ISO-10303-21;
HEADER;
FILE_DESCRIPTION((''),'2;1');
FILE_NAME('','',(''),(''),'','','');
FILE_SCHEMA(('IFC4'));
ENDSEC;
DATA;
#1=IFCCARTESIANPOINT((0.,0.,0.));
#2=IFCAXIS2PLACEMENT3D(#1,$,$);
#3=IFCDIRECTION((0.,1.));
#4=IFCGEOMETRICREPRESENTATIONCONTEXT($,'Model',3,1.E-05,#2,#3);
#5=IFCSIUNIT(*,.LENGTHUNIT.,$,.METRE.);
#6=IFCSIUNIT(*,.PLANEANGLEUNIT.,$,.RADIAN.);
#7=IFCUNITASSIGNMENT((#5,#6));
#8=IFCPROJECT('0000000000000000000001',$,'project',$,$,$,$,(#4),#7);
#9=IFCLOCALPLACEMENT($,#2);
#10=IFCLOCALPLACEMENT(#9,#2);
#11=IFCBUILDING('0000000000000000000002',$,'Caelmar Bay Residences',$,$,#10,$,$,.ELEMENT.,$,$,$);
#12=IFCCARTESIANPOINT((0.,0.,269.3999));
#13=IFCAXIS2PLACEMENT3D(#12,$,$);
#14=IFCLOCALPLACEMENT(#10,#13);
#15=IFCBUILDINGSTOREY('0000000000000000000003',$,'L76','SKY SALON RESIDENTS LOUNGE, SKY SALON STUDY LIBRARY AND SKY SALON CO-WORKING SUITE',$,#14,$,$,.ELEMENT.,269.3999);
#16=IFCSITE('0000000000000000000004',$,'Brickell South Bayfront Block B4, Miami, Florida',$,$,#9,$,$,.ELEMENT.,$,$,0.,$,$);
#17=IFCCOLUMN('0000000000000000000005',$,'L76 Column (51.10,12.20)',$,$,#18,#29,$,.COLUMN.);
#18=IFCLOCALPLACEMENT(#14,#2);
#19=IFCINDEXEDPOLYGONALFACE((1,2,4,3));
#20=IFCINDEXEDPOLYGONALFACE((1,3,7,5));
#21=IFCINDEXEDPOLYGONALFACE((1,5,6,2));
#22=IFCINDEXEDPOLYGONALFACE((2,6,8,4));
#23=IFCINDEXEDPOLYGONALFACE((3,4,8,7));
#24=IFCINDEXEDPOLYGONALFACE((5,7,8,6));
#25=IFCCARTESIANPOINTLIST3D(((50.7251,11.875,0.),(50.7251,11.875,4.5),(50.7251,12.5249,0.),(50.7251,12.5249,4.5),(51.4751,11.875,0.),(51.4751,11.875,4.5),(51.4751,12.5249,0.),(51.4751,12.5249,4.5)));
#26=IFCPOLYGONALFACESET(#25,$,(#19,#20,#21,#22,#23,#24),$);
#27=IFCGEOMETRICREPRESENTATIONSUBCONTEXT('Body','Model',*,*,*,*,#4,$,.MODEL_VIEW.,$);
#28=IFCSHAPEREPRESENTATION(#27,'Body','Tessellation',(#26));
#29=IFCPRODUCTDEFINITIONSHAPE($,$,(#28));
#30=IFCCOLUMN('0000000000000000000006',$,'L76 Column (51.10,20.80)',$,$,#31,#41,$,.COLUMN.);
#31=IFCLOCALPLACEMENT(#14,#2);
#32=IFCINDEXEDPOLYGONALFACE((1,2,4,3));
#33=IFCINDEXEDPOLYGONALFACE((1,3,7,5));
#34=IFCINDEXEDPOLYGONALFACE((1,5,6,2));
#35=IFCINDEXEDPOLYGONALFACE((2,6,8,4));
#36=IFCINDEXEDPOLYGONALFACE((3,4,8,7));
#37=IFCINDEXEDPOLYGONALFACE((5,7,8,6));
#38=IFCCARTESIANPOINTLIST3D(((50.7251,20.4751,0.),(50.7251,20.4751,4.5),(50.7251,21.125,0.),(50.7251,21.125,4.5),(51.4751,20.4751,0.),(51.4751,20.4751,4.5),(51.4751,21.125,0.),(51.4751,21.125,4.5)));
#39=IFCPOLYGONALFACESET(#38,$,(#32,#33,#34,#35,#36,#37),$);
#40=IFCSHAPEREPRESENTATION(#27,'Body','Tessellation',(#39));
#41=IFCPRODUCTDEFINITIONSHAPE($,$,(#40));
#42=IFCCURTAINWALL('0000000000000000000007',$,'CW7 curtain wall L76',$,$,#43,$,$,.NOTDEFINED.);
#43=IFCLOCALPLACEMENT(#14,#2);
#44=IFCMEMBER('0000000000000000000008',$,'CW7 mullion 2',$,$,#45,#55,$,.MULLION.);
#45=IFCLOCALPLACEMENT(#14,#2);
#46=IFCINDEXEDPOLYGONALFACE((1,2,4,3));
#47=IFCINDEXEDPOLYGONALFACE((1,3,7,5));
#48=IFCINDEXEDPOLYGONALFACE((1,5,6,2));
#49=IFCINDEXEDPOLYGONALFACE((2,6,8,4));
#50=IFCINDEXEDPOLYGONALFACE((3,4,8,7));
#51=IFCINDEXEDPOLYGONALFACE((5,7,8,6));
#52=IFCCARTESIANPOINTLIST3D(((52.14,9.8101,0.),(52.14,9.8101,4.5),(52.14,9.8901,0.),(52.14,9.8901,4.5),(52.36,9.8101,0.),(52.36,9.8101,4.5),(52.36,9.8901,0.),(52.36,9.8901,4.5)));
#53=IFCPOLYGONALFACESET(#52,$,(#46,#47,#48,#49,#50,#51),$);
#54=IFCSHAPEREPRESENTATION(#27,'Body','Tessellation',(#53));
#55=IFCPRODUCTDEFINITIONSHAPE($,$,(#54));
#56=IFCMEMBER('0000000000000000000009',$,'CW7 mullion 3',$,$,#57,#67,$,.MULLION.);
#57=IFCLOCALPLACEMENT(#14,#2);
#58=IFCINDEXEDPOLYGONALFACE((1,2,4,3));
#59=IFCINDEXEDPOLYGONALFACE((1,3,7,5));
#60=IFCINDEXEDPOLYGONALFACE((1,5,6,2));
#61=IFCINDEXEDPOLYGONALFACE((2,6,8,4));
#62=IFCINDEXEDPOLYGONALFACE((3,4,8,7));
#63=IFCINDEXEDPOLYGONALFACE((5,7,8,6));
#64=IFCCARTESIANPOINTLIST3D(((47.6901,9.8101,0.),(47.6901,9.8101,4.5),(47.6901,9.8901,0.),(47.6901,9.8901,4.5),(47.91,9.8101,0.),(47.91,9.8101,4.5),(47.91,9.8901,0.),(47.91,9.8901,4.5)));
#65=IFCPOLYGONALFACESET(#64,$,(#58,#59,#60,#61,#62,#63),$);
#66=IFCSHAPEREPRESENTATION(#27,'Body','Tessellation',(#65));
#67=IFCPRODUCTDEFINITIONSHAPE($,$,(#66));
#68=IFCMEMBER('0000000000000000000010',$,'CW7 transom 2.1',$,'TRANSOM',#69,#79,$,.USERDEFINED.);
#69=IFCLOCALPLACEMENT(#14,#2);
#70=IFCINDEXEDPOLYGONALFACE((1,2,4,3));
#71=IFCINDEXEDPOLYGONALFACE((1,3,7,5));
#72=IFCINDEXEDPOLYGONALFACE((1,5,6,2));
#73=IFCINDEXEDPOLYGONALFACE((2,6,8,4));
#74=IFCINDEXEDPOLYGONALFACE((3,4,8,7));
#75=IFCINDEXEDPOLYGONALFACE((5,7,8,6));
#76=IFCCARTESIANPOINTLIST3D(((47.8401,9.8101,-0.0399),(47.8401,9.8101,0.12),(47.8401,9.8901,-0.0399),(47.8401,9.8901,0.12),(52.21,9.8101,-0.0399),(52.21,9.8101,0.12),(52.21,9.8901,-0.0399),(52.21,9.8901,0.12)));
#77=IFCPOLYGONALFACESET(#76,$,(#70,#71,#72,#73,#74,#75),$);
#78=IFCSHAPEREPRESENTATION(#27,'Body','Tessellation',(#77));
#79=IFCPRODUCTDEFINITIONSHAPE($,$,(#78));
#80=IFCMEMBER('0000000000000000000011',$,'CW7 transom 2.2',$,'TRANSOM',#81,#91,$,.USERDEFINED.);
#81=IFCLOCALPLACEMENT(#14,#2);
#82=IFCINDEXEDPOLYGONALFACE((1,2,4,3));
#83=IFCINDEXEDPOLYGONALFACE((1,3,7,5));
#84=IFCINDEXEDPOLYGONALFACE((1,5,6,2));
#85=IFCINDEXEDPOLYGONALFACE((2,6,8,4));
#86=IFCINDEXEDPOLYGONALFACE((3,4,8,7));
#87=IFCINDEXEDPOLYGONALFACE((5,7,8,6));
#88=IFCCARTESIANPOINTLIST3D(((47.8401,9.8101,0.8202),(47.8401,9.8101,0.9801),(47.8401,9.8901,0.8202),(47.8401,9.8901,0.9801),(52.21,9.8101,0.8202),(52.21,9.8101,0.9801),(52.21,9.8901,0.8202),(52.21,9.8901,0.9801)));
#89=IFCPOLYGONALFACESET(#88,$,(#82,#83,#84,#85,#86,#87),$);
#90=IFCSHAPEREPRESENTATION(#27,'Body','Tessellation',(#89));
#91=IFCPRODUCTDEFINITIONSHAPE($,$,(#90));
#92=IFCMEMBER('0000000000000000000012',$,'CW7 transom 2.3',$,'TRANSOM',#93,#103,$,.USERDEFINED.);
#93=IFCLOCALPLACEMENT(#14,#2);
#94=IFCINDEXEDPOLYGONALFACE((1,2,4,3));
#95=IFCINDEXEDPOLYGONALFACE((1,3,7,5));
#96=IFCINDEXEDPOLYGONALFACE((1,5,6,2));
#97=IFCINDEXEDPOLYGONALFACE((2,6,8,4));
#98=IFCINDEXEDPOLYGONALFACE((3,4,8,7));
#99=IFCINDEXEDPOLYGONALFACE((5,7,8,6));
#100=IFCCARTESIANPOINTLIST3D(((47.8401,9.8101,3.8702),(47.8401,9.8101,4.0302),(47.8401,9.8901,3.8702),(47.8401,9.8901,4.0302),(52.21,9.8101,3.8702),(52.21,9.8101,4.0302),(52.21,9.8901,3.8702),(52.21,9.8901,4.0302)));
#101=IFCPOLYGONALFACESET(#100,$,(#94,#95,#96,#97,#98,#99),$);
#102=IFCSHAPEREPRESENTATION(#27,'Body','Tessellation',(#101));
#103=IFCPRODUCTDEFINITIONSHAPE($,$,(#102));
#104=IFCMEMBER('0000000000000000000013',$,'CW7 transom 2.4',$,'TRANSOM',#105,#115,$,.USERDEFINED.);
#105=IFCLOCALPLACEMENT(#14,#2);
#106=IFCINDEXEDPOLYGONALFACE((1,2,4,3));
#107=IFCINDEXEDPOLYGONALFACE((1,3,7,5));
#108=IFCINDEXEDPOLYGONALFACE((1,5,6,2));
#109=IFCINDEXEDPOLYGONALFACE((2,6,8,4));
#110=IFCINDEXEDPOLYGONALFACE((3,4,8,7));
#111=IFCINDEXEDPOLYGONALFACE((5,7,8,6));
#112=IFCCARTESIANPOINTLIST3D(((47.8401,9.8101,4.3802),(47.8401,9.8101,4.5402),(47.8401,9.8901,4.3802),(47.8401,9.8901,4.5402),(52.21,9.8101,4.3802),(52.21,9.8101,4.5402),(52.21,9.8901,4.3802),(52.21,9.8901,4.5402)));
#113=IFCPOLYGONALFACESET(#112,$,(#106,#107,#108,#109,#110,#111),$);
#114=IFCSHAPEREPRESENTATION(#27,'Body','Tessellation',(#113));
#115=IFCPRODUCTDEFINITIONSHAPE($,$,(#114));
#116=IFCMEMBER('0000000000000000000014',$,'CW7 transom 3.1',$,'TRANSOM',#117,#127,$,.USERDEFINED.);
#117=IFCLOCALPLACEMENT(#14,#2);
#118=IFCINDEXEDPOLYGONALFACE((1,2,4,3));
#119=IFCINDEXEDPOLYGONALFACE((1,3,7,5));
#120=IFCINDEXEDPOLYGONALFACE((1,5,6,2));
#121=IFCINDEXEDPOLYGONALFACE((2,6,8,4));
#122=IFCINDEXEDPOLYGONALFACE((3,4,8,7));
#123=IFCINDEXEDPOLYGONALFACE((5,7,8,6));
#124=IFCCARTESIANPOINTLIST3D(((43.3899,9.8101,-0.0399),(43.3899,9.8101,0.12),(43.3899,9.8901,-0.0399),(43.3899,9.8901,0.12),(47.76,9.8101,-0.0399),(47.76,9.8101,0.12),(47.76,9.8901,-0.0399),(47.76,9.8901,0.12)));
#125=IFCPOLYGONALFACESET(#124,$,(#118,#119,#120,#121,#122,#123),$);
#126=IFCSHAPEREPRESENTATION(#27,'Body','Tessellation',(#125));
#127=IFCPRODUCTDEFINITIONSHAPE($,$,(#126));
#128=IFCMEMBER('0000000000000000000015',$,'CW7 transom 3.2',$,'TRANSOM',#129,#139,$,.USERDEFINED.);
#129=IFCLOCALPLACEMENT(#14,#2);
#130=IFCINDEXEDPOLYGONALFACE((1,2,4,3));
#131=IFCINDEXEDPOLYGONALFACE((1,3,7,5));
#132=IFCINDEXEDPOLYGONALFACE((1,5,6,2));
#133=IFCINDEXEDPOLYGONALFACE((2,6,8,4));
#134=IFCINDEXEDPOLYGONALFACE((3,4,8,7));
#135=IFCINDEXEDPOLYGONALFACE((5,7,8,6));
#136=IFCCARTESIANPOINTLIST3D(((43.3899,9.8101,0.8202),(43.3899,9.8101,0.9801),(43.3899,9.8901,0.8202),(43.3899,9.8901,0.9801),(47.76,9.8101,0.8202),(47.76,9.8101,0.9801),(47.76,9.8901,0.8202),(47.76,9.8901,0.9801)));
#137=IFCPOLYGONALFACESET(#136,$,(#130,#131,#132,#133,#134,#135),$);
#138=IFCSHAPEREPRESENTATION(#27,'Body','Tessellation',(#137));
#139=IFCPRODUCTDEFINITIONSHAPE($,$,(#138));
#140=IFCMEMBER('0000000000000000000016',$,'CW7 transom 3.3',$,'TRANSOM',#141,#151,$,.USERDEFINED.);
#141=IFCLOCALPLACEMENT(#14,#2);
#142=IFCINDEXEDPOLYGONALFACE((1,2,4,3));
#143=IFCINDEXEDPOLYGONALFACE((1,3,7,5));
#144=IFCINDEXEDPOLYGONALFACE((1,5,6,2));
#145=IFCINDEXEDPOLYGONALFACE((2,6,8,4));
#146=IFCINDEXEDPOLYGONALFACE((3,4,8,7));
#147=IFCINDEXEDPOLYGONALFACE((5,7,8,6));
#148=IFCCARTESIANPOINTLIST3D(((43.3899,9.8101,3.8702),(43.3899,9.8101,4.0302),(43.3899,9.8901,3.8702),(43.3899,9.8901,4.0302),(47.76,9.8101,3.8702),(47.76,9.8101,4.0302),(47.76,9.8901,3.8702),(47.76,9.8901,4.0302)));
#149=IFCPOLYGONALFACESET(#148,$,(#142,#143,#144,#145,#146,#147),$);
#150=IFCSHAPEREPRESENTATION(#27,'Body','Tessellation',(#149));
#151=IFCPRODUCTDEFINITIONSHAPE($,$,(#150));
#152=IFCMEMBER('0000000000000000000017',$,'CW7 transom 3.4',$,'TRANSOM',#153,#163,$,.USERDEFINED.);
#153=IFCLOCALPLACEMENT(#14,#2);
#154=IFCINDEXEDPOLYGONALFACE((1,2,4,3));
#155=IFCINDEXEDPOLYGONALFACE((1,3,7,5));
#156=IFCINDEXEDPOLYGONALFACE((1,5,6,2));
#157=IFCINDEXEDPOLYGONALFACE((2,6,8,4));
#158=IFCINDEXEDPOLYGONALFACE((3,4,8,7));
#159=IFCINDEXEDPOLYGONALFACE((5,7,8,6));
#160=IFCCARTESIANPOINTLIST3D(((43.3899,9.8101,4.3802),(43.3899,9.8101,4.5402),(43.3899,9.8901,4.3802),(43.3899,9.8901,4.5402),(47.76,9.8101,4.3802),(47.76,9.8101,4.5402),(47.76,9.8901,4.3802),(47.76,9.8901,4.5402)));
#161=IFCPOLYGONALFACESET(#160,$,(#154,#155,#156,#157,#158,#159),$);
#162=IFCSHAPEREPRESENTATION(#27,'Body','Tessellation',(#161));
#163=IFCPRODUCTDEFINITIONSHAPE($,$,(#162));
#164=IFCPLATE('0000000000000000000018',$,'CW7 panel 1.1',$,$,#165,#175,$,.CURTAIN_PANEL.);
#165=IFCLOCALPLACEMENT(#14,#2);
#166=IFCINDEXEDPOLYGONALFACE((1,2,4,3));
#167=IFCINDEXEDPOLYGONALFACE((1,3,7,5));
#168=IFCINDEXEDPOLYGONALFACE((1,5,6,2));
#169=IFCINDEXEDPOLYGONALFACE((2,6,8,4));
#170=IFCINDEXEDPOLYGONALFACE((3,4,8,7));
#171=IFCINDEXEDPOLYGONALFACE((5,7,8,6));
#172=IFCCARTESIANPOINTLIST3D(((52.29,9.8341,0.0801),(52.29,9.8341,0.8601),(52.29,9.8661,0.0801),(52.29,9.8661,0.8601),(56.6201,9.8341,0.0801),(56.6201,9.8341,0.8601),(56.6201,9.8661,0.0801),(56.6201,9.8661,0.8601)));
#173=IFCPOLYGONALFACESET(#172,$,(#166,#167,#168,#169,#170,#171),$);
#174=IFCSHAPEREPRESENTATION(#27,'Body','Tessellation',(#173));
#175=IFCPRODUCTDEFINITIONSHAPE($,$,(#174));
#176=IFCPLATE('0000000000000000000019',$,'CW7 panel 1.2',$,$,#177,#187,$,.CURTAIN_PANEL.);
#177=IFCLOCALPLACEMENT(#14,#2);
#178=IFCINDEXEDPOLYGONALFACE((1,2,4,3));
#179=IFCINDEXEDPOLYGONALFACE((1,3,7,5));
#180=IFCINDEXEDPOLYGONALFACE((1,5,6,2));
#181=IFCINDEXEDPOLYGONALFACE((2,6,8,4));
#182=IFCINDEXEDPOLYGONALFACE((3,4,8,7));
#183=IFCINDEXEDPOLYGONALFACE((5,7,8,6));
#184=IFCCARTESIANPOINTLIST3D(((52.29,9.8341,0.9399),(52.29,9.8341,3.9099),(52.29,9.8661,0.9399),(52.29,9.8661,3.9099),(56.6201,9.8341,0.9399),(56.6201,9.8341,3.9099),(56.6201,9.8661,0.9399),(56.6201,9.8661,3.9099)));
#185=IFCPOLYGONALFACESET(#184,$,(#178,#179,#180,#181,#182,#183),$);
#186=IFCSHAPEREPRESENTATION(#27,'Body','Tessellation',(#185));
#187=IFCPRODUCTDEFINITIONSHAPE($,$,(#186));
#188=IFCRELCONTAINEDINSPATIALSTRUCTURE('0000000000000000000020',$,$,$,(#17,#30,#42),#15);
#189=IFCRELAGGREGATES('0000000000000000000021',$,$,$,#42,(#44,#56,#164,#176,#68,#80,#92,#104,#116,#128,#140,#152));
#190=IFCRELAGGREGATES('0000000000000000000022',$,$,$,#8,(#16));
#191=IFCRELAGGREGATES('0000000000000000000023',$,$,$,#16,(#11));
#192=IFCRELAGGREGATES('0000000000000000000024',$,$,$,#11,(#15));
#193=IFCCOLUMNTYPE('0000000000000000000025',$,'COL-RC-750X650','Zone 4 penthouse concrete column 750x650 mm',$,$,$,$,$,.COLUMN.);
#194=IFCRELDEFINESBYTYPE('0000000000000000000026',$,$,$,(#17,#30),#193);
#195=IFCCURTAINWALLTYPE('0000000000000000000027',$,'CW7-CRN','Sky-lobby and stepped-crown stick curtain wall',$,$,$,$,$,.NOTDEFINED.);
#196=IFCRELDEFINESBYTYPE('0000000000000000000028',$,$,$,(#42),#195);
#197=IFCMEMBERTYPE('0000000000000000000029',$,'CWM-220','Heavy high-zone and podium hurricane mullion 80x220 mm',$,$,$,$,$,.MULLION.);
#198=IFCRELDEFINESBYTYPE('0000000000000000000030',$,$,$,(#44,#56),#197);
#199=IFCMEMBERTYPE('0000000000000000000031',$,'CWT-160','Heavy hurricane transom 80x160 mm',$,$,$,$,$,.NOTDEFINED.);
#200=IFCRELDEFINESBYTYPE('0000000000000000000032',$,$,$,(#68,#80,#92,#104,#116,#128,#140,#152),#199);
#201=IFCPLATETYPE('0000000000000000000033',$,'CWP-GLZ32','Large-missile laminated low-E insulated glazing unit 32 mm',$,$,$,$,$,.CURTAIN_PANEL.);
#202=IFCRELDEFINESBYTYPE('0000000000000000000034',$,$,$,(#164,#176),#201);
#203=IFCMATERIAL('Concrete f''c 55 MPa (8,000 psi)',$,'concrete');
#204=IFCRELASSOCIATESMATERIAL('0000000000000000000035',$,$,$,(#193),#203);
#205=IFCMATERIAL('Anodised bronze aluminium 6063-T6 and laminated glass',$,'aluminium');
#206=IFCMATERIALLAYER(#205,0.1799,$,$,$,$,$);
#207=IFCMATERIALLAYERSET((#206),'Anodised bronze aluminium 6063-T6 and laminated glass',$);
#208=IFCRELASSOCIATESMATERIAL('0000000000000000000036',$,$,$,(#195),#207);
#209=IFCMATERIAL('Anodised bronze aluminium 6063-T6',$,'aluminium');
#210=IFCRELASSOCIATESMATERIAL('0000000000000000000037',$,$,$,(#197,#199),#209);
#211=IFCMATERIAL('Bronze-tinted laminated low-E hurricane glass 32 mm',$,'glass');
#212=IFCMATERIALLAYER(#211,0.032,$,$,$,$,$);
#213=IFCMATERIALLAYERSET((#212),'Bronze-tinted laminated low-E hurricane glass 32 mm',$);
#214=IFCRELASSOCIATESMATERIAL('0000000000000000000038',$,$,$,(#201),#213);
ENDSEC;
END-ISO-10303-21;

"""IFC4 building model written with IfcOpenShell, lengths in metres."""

from ifc_helpers import new_model, si_unit, direction, frame, origin, origin_2d, place, context, subcontext, project, spatial, rectangle, extrude, material, layer, layer_set, material_profile, profile_set, type_object, element, aggregate, save


model = new_model("IFC4")

# Units and contexts
model_context = context("Model", 3, precision=1e-05, world=origin(), true_north=direction((0.0, 1.0)))
body_context = subcontext(model_context, "Body", "Model", "MODEL_VIEW")
ifc_project = project(units=[si_unit("LENGTHUNIT", "METRE"), si_unit("PLANEANGLEUNIT", "RADIAN")], contexts=[model_context])

# Site, building, storey
site_placement = place(None, origin())
site = spatial("IfcSite", under=ifc_project, at=site_placement, Name="Brickell South Bayfront Block B4, Miami, Florida", CompositionType="ELEMENT", RefElevation=0.0)
building_placement = place(site_placement, origin())
building = spatial("IfcBuilding", under=site, at=building_placement, Name="Caelmar Bay Residences", CompositionType="ELEMENT")
storey_placement = place(building_placement, frame((0.0, 0.0, 269.3999)))
storey = spatial("IfcBuildingStorey", under=building, at=storey_placement, Name="L76", Description="SKY SALON RESIDENTS LOUNGE, SKY SALON STUDY LIBRARY AND SKY SALON CO-WORKING SUITE", CompositionType="ELEMENT", Elevation=269.3999)

# Columns
ifc_material_1 = material(Name="Concrete f'c 55 MPa (8,000 psi)", Category="concrete")
ifc_material_profile_1 = material_profile(ifc_material_1, rectangle(XDim=0.75, YDim=0.6499, at=origin_2d()), Name="RC-COL-750X650")
ifc_profile_set_1 = profile_set([ifc_material_profile_1], Name="Concrete f'c 55 MPa (8,000 psi)")
column_type = type_object("IfcColumnType", Name="COL-RC-750X650", Description="Zone 4 penthouse concrete column 750x650 mm", PredefinedType="COLUMN", material=ifc_profile_set_1)
for number, where, z_axis, x_axis, name in (
    (1, (51.1001, 12.2, 0.0), (0.0, 0.0, 1.0), (1.0, 0.0, 0.0), "L76 Column (51.10,12.20)"),
    (2, (51.1001, 20.8, 0.0), (0.0, 0.0, 1.0), (1.0, 0.0, 0.0), "L76 Column (51.10,20.80)"),
):
    element("IfcColumn", number, at=place(storey_placement, frame(where, z_axis=z_axis, x_axis=x_axis)), inside=storey, type_object=column_type, Name=name, PredefinedType="COLUMN", context=body_context, shape_type="SweptSolid", body=[
        extrude(rectangle(XDim=0.75, YDim=0.6499, at=origin_2d()), origin(), (0.0, 0.0, 1.0), 4.5),
    ])

# Curtain wall, members, plates
ifc_material_2 = material(Name="Anodised bronze aluminium 6063-T6 and laminated glass", Category="aluminium")
ifc_layer_1 = layer(ifc_material_2, 0.1799)
ifc_layer_set_1 = layer_set([ifc_layer_1], Name="Anodised bronze aluminium 6063-T6 and laminated glass")
curtain_wall_type = type_object("IfcCurtainWallType", Name="CW7-CRN", Description="Sky-lobby and stepped-crown stick curtain wall", PredefinedType="NOTDEFINED", material=ifc_layer_set_1)
curtain_wall_placement = place(storey_placement, origin())
curtain_wall = element("IfcCurtainWall", 3, at=curtain_wall_placement, inside=storey, type_object=curtain_wall_type, Name="CW7 curtain wall L76", PredefinedType="NOTDEFINED")
ifc_material_3 = material(Name="Anodised bronze aluminium 6063-T6", Category="aluminium")
ifc_material_profile_2 = material_profile(ifc_material_3, rectangle(XDim=0.0801, YDim=0.22, at=origin_2d()), Name="CWM-80X220")
ifc_profile_set_2 = profile_set([ifc_material_profile_2], Name="Anodised bronze aluminium 6063-T6")
member_type_1 = type_object("IfcMemberType", Name="CWM-220", Description="Heavy high-zone and podium hurricane mullion 80x220 mm", PredefinedType="MULLION", material=ifc_profile_set_2)
member_1_placement = place(storey_placement, frame((52.25, 9.8501, 0.0), z_axis=(0.0, 0.0, 1.0), x_axis=(0.0, -1.0, 0.0)))
member_1 = element("IfcMember", 4, at=member_1_placement, type_object=member_type_1, Name="CW7 mullion 2", PredefinedType="MULLION", context=body_context, shape_type="SweptSolid", body=[
    extrude(rectangle(XDim=0.0801, YDim=0.22, at=origin_2d()), origin(), (0.0, 0.0, 1.0), 4.5),
])
member_2_placement = place(storey_placement, frame((47.8, 9.8501, 0.0), z_axis=(0.0, 0.0, 1.0), x_axis=(0.0, -1.0, 0.0)))
member_2 = element("IfcMember", 5, at=member_2_placement, type_object=member_type_1, Name="CW7 mullion 3", PredefinedType="MULLION", context=body_context, shape_type="SweptSolid", body=[
    extrude(rectangle(XDim=0.0801, YDim=0.22, at=origin_2d()), origin(), (0.0, 0.0, 1.0), 4.5),
])
ifc_material_profile_3 = material_profile(ifc_material_3, rectangle(XDim=0.0801, YDim=0.1599, at=origin_2d()), Name="CWT-80X160")
ifc_profile_set_3 = profile_set([ifc_material_profile_3], Name="Anodised bronze aluminium 6063-T6")
member_type_2 = type_object("IfcMemberType", Name="CWT-160", Description="Heavy hurricane transom 80x160 mm", PredefinedType="NOTDEFINED", material=ifc_profile_set_3)
member_3_placement = place(storey_placement, frame((52.21, 9.8501, 0.04), z_axis=(-1.0, 0.0, 0.0), x_axis=(0.0, -1.0, 0.0)))
member_3 = element("IfcMember", 6, at=member_3_placement, type_object=member_type_2, Name="CW7 transom 2.1", ObjectType="TRANSOM", PredefinedType="USERDEFINED", context=body_context, shape_type="SweptSolid", body=[
    extrude(rectangle(XDim=0.0801, YDim=0.1599, at=origin_2d()), origin(), (0.0, 0.0, 1.0), 4.3699),
])
member_4_placement = place(storey_placement, frame((52.21, 9.8501, 0.9001), z_axis=(-1.0, 0.0, 0.0), x_axis=(0.0, -1.0, 0.0)))
member_4 = element("IfcMember", 7, at=member_4_placement, type_object=member_type_2, Name="CW7 transom 2.2", ObjectType="TRANSOM", PredefinedType="USERDEFINED", context=body_context, shape_type="SweptSolid", body=[
    extrude(rectangle(XDim=0.0801, YDim=0.1599, at=origin_2d()), origin(), (0.0, 0.0, 1.0), 4.3699),
])
member_5_placement = place(storey_placement, frame((52.21, 9.8501, 3.9502), z_axis=(-1.0, 0.0, 0.0), x_axis=(0.0, -1.0, 0.0)))
member_5 = element("IfcMember", 8, at=member_5_placement, type_object=member_type_2, Name="CW7 transom 2.3", ObjectType="TRANSOM", PredefinedType="USERDEFINED", context=body_context, shape_type="SweptSolid", body=[
    extrude(rectangle(XDim=0.0801, YDim=0.1599, at=origin_2d()), origin(), (0.0, 0.0, 1.0), 4.3699),
])
member_6_placement = place(storey_placement, frame((52.21, 9.8501, 4.4602), z_axis=(-1.0, 0.0, 0.0), x_axis=(0.0, -1.0, 0.0)))
member_6 = element("IfcMember", 9, at=member_6_placement, type_object=member_type_2, Name="CW7 transom 2.4", ObjectType="TRANSOM", PredefinedType="USERDEFINED", context=body_context, shape_type="SweptSolid", body=[
    extrude(rectangle(XDim=0.0801, YDim=0.1599, at=origin_2d()), origin(), (0.0, 0.0, 1.0), 4.3699),
])
member_7_placement = place(storey_placement, frame((47.76, 9.8501, 0.04), z_axis=(-1.0, 0.0, 0.0), x_axis=(0.0, -1.0, 0.0)))
member_7 = element("IfcMember", 10, at=member_7_placement, type_object=member_type_2, Name="CW7 transom 3.1", ObjectType="TRANSOM", PredefinedType="USERDEFINED", context=body_context, shape_type="SweptSolid", body=[
    extrude(rectangle(XDim=0.0801, YDim=0.1599, at=origin_2d()), origin(), (0.0, 0.0, 1.0), 4.3701),
])
member_8_placement = place(storey_placement, frame((47.76, 9.8501, 0.9001), z_axis=(-1.0, 0.0, 0.0), x_axis=(0.0, -1.0, 0.0)))
member_8 = element("IfcMember", 11, at=member_8_placement, type_object=member_type_2, Name="CW7 transom 3.2", ObjectType="TRANSOM", PredefinedType="USERDEFINED", context=body_context, shape_type="SweptSolid", body=[
    extrude(rectangle(XDim=0.0801, YDim=0.1599, at=origin_2d()), origin(), (0.0, 0.0, 1.0), 4.3701),
])
member_9_placement = place(storey_placement, frame((47.76, 9.8501, 3.9502), z_axis=(-1.0, 0.0, 0.0), x_axis=(0.0, -1.0, 0.0)))
member_9 = element("IfcMember", 12, at=member_9_placement, type_object=member_type_2, Name="CW7 transom 3.3", ObjectType="TRANSOM", PredefinedType="USERDEFINED", context=body_context, shape_type="SweptSolid", body=[
    extrude(rectangle(XDim=0.0801, YDim=0.1599, at=origin_2d()), origin(), (0.0, 0.0, 1.0), 4.3701),
])
member_10_placement = place(storey_placement, frame((47.76, 9.8501, 4.4602), z_axis=(-1.0, 0.0, 0.0), x_axis=(0.0, -1.0, 0.0)))
member_10 = element("IfcMember", 13, at=member_10_placement, type_object=member_type_2, Name="CW7 transom 3.4", ObjectType="TRANSOM", PredefinedType="USERDEFINED", context=body_context, shape_type="SweptSolid", body=[
    extrude(rectangle(XDim=0.0801, YDim=0.1599, at=origin_2d()), origin(), (0.0, 0.0, 1.0), 4.3701),
])
ifc_material_4 = material(Name="Bronze-tinted laminated low-E hurricane glass 32 mm", Category="glass")
ifc_layer_2 = layer(ifc_material_4, 0.032)
ifc_layer_set_2 = layer_set([ifc_layer_2], Name="Bronze-tinted laminated low-E hurricane glass 32 mm")
plate_type = type_object("IfcPlateType", Name="CWP-GLZ32", Description="Large-missile laminated low-E insulated glazing unit 32 mm", PredefinedType="CURTAIN_PANEL", material=ifc_layer_set_2)
plate_1_placement = place(storey_placement, frame((54.4551, 9.8501, 0.0801), z_axis=(0.0, 0.0, 1.0), x_axis=(-1.0, 0.0, 0.0)))
plate_1 = element("IfcPlate", 14, at=plate_1_placement, type_object=plate_type, Name="CW7 panel 1.1", PredefinedType="CURTAIN_PANEL", context=body_context, shape_type="SweptSolid", body=[
    extrude(rectangle(XDim=4.3301, YDim=0.032, at=origin_2d()), origin(), (0.0, 0.0, 1.0), 0.78),
])
plate_2_placement = place(storey_placement, frame((54.4551, 9.8501, 0.9399), z_axis=(0.0, 0.0, 1.0), x_axis=(-1.0, 0.0, 0.0)))
plate_2 = element("IfcPlate", 15, at=plate_2_placement, type_object=plate_type, Name="CW7 panel 1.2", PredefinedType="CURTAIN_PANEL", context=body_context, shape_type="SweptSolid", body=[
    extrude(rectangle(XDim=4.3301, YDim=0.032, at=origin_2d()), origin(), (0.0, 0.0, 1.0), 2.97),
])
aggregate(curtain_wall, [member_1, member_2, plate_1, plate_2, member_3, member_4, member_5, member_6, member_7, member_8, member_9, member_10])

save(model, "model.ifc")
